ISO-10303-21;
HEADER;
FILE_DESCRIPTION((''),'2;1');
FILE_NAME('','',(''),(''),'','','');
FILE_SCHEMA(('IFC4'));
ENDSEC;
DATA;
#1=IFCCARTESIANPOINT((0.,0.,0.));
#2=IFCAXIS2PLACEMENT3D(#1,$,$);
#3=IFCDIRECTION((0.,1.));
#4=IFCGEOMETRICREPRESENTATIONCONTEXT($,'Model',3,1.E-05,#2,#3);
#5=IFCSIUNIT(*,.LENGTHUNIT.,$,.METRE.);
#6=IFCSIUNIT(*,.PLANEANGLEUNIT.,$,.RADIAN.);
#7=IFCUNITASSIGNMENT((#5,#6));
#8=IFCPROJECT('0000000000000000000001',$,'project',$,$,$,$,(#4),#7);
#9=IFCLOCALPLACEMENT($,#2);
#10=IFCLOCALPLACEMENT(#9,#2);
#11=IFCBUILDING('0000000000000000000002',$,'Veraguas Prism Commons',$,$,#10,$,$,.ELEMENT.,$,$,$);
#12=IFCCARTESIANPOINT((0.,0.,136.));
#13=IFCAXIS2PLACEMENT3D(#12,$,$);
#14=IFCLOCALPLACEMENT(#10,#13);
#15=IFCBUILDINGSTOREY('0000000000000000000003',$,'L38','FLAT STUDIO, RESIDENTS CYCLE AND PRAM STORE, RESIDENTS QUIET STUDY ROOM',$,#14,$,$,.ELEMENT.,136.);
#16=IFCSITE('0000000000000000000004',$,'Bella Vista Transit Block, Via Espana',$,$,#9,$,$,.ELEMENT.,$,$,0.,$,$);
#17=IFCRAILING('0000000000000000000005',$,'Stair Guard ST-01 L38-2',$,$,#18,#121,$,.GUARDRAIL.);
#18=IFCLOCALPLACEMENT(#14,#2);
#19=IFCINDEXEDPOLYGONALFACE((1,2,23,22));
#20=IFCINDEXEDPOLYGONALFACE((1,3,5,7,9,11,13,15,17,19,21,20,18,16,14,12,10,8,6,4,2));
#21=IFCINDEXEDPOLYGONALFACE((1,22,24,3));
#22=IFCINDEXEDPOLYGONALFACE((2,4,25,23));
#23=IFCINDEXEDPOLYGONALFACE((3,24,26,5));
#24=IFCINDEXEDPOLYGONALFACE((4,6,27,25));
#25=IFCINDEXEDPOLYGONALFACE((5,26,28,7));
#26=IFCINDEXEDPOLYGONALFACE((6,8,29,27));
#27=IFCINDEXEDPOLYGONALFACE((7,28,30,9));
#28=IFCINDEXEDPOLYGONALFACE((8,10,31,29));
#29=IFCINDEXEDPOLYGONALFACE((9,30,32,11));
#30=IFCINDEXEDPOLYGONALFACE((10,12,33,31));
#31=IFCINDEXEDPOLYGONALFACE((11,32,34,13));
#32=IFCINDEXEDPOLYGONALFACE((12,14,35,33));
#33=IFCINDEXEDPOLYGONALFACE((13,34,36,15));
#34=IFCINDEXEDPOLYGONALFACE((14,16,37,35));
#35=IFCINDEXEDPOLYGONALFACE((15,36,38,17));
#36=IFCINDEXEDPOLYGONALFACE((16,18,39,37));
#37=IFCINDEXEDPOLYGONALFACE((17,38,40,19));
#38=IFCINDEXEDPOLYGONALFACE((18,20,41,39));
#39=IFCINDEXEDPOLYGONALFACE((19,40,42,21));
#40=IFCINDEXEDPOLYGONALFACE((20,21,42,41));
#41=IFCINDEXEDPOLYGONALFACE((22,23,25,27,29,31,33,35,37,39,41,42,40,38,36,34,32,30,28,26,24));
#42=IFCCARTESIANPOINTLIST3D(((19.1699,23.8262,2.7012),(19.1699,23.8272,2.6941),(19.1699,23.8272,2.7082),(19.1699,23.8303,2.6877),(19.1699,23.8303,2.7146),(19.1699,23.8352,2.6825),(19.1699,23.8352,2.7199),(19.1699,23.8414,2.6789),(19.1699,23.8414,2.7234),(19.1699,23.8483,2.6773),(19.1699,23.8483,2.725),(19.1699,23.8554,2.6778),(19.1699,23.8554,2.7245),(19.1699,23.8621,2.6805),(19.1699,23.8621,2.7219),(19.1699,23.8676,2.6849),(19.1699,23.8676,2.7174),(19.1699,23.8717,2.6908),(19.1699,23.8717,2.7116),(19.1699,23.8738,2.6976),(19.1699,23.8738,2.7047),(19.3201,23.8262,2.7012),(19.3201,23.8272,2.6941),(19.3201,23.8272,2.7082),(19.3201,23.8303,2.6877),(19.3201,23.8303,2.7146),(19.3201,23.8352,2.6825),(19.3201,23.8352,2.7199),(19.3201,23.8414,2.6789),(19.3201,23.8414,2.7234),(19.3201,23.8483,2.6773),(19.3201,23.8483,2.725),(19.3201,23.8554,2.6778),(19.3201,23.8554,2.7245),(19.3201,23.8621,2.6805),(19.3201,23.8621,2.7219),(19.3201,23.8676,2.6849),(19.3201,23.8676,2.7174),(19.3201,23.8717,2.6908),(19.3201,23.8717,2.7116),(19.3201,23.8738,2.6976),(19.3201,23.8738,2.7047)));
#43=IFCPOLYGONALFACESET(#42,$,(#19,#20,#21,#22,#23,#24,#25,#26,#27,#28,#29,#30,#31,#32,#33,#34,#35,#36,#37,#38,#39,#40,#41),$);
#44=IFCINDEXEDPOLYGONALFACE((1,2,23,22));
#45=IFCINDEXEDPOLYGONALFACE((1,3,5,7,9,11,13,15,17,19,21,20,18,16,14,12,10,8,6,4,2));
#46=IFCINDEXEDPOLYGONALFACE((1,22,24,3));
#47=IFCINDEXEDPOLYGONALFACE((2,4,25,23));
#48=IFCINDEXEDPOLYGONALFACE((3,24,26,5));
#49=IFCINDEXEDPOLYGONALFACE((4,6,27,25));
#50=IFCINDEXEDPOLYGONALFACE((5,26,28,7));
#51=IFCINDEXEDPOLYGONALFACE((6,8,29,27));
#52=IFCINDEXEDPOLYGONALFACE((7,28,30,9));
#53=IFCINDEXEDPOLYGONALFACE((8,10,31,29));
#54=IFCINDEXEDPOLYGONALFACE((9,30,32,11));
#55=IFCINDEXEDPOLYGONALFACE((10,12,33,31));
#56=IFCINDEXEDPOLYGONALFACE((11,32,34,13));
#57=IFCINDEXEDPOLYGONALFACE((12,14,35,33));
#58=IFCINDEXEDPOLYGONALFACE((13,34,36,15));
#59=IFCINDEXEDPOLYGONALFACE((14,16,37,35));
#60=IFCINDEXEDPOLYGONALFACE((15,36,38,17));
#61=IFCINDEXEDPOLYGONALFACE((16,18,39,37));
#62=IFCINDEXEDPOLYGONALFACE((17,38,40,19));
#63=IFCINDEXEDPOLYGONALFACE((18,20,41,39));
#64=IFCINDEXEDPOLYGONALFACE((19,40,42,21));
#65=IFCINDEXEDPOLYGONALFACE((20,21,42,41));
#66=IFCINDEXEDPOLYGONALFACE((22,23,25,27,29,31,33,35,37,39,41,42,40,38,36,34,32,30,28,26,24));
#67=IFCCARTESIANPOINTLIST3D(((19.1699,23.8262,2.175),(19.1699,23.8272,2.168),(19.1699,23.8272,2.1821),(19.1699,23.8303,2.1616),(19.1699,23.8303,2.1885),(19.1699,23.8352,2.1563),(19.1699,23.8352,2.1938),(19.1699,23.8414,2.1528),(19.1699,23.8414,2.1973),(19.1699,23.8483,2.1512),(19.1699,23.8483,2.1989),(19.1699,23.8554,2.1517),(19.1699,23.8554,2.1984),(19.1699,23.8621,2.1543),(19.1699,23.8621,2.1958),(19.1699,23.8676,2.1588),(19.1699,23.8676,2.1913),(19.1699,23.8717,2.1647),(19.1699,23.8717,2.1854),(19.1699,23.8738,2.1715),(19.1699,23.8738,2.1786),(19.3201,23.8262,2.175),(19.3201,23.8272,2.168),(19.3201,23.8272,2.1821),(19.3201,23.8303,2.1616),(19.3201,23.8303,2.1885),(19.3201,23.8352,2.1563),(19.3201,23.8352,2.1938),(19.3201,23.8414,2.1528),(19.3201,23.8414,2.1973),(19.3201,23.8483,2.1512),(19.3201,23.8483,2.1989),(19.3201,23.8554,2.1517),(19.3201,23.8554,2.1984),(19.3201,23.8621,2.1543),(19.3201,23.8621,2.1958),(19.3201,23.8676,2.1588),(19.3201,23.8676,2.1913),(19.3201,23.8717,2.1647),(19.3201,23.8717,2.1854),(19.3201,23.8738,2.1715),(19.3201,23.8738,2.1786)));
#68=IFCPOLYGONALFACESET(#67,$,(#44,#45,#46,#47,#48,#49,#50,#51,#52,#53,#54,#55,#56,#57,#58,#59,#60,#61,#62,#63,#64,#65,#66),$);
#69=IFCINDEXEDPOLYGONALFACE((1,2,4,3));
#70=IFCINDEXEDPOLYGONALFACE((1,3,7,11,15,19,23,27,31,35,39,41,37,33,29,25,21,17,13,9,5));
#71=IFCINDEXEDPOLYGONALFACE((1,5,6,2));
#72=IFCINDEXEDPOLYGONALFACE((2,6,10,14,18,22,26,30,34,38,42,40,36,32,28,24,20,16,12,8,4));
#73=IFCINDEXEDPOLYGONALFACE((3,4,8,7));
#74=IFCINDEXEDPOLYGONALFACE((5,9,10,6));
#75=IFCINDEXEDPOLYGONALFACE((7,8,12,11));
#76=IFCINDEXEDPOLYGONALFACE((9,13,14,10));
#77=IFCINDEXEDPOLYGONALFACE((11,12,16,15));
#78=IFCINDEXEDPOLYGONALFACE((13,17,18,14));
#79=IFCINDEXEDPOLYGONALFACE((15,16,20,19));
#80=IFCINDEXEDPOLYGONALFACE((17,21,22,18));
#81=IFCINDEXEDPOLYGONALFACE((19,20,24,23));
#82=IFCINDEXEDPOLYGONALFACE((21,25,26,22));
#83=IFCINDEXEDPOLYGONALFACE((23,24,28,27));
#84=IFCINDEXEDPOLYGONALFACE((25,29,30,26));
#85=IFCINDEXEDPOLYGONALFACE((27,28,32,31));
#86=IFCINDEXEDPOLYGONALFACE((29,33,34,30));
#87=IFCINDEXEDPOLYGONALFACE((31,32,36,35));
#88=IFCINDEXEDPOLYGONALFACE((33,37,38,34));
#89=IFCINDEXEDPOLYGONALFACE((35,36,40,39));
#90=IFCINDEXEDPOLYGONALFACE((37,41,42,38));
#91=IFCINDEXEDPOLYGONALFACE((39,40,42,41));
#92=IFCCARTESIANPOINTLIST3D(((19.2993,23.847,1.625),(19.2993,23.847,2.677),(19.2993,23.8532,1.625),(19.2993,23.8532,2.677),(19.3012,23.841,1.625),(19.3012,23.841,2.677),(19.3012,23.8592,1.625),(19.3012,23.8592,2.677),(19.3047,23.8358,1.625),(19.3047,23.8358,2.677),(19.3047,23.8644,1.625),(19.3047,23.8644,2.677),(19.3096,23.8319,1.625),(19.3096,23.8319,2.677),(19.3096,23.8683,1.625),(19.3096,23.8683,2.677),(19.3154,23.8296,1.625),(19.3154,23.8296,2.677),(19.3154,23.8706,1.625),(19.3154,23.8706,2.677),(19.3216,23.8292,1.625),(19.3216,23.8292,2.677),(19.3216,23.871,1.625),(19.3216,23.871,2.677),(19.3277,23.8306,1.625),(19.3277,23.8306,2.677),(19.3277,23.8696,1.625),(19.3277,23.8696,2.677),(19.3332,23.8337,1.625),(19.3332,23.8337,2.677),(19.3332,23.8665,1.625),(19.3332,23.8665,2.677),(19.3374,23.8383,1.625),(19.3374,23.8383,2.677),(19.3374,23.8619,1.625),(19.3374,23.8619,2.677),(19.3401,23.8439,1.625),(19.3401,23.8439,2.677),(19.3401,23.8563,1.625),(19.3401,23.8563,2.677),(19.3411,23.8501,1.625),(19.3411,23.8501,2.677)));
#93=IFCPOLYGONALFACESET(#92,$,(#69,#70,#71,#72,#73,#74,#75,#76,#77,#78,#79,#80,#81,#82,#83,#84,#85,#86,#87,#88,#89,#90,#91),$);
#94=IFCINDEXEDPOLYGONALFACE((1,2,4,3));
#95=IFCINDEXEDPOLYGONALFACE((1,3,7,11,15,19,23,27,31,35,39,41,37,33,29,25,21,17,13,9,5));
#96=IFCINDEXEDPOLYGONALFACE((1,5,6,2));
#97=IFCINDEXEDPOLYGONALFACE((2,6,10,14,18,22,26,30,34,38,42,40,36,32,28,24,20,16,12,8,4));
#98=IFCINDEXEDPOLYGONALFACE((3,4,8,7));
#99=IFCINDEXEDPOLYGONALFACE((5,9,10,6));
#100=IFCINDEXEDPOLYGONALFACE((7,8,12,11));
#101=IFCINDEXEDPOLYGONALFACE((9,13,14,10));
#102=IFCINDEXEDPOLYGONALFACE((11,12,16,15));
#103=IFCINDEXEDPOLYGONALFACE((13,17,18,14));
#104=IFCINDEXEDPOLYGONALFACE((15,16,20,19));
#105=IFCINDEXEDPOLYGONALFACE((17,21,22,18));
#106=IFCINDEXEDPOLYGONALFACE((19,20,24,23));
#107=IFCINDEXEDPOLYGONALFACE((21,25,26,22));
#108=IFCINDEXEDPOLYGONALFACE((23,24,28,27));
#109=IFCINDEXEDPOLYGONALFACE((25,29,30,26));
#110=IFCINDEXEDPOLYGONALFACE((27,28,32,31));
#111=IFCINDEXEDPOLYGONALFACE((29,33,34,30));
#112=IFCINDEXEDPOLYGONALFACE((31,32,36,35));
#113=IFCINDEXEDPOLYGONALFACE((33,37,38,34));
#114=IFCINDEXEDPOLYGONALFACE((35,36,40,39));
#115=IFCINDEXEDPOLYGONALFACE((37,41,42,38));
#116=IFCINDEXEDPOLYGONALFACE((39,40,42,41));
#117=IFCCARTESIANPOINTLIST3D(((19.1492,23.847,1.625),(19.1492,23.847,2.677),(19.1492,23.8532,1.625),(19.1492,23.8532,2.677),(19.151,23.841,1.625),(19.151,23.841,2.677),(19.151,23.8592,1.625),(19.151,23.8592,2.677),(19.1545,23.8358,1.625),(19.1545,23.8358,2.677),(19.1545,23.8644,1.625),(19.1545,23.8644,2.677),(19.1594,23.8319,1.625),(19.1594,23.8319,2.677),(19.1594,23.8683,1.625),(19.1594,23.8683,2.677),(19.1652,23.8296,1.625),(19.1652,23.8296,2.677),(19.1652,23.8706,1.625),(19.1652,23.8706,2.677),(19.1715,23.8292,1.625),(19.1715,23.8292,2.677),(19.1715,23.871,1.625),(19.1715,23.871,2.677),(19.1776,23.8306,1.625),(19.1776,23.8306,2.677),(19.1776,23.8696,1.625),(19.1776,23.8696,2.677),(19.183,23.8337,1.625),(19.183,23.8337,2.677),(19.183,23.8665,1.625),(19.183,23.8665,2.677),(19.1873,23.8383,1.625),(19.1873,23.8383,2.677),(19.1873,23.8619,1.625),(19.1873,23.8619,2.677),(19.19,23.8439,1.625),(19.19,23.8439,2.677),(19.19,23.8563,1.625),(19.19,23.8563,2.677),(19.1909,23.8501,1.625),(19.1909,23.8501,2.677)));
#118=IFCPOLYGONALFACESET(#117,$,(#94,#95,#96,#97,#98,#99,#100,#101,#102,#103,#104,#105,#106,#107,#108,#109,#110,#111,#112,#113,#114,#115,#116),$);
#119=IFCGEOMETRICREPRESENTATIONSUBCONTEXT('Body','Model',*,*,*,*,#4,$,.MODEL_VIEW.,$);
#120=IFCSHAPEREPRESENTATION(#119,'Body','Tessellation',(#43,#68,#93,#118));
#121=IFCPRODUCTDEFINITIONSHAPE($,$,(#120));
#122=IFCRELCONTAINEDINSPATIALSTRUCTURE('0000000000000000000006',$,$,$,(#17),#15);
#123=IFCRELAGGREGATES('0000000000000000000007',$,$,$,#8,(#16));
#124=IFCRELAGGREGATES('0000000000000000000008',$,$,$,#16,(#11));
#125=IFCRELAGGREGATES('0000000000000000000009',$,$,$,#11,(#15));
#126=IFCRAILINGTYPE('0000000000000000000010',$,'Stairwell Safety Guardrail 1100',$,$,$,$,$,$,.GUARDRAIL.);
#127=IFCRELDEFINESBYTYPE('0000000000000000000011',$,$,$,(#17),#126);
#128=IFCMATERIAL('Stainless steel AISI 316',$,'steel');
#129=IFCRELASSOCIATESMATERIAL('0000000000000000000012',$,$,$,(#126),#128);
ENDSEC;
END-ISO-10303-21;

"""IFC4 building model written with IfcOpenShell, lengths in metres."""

from ifc_helpers import new_model, si_unit, direction, frame, origin, origin_2d, place, context, subcontext, project, spatial, circle, extrude, material, type_object, element, save


model = new_model("IFC4")

# Units and contexts
model_context = context("Model", 3, precision=1e-05, world=origin(), true_north=direction((0.0, 1.0)))
body_context = subcontext(model_context, "Body", "Model", "MODEL_VIEW")
ifc_project = project(units=[si_unit("LENGTHUNIT", "METRE"), si_unit("PLANEANGLEUNIT", "RADIAN")], contexts=[model_context])

# Site, building, storey
site_placement = place(None, origin())
site = spatial("IfcSite", under=ifc_project, at=site_placement, Name="Bella Vista Transit Block, Via Espana", CompositionType="ELEMENT", RefElevation=0.0)
building_placement = place(site_placement, origin())
building = spatial("IfcBuilding", under=site, at=building_placement, Name="Veraguas Prism Commons", CompositionType="ELEMENT")
storey_placement = place(building_placement, frame((0.0, 0.0, 136.0)))
storey = spatial("IfcBuildingStorey", under=building, at=storey_placement, Name="L38", Description="FLAT STUDIO, RESIDENTS CYCLE AND PRAM STORE, RESIDENTS QUIET STUDY ROOM", CompositionType="ELEMENT", Elevation=136.0)

# Railing
ifc_material_1 = material(Name="Stainless steel AISI 316", Category="steel")
railing_type_1 = type_object("IfcRailingType", Name="Stairwell Safety Guardrail 1100", PredefinedType="GUARDRAIL", material=ifc_material_1)
railing_1_placement = place(storey_placement, frame((19.3201, 23.8501, 1.625)))
element("IfcRailing", 1, at=railing_1_placement, inside=storey, type_object=railing_type_1, Name="Stair Guard ST-01 L38-2", PredefinedType="GUARDRAIL", context=body_context, shape_type="SweptSolid", body=[
    extrude(circle(Radius=0.0239, at=origin_2d()), frame((0.0, 0.0, 1.0762), z_axis=(-1.0, 0.0, 0.0), x_axis=(0.0, -1.0, 0.0)), (0.0, 0.0, 1.0), 0.1501),
    extrude(circle(Radius=0.0239, at=origin_2d()), frame((0.0, 0.0, 0.55), z_axis=(-1.0, 0.0, 0.0), x_axis=(0.0, -1.0, 0.0)), (0.0, 0.0, 1.0), 0.1501),
    extrude(circle(Radius=0.021, at=origin_2d()), origin(), (0.0, 0.0, 1.0), 1.052),
    extrude(circle(Radius=0.021, at=origin_2d()), frame((-0.1501, 0.0, 0.0)), (0.0, 0.0, 1.0), 1.052),
])

save(model, "model.ifc")
